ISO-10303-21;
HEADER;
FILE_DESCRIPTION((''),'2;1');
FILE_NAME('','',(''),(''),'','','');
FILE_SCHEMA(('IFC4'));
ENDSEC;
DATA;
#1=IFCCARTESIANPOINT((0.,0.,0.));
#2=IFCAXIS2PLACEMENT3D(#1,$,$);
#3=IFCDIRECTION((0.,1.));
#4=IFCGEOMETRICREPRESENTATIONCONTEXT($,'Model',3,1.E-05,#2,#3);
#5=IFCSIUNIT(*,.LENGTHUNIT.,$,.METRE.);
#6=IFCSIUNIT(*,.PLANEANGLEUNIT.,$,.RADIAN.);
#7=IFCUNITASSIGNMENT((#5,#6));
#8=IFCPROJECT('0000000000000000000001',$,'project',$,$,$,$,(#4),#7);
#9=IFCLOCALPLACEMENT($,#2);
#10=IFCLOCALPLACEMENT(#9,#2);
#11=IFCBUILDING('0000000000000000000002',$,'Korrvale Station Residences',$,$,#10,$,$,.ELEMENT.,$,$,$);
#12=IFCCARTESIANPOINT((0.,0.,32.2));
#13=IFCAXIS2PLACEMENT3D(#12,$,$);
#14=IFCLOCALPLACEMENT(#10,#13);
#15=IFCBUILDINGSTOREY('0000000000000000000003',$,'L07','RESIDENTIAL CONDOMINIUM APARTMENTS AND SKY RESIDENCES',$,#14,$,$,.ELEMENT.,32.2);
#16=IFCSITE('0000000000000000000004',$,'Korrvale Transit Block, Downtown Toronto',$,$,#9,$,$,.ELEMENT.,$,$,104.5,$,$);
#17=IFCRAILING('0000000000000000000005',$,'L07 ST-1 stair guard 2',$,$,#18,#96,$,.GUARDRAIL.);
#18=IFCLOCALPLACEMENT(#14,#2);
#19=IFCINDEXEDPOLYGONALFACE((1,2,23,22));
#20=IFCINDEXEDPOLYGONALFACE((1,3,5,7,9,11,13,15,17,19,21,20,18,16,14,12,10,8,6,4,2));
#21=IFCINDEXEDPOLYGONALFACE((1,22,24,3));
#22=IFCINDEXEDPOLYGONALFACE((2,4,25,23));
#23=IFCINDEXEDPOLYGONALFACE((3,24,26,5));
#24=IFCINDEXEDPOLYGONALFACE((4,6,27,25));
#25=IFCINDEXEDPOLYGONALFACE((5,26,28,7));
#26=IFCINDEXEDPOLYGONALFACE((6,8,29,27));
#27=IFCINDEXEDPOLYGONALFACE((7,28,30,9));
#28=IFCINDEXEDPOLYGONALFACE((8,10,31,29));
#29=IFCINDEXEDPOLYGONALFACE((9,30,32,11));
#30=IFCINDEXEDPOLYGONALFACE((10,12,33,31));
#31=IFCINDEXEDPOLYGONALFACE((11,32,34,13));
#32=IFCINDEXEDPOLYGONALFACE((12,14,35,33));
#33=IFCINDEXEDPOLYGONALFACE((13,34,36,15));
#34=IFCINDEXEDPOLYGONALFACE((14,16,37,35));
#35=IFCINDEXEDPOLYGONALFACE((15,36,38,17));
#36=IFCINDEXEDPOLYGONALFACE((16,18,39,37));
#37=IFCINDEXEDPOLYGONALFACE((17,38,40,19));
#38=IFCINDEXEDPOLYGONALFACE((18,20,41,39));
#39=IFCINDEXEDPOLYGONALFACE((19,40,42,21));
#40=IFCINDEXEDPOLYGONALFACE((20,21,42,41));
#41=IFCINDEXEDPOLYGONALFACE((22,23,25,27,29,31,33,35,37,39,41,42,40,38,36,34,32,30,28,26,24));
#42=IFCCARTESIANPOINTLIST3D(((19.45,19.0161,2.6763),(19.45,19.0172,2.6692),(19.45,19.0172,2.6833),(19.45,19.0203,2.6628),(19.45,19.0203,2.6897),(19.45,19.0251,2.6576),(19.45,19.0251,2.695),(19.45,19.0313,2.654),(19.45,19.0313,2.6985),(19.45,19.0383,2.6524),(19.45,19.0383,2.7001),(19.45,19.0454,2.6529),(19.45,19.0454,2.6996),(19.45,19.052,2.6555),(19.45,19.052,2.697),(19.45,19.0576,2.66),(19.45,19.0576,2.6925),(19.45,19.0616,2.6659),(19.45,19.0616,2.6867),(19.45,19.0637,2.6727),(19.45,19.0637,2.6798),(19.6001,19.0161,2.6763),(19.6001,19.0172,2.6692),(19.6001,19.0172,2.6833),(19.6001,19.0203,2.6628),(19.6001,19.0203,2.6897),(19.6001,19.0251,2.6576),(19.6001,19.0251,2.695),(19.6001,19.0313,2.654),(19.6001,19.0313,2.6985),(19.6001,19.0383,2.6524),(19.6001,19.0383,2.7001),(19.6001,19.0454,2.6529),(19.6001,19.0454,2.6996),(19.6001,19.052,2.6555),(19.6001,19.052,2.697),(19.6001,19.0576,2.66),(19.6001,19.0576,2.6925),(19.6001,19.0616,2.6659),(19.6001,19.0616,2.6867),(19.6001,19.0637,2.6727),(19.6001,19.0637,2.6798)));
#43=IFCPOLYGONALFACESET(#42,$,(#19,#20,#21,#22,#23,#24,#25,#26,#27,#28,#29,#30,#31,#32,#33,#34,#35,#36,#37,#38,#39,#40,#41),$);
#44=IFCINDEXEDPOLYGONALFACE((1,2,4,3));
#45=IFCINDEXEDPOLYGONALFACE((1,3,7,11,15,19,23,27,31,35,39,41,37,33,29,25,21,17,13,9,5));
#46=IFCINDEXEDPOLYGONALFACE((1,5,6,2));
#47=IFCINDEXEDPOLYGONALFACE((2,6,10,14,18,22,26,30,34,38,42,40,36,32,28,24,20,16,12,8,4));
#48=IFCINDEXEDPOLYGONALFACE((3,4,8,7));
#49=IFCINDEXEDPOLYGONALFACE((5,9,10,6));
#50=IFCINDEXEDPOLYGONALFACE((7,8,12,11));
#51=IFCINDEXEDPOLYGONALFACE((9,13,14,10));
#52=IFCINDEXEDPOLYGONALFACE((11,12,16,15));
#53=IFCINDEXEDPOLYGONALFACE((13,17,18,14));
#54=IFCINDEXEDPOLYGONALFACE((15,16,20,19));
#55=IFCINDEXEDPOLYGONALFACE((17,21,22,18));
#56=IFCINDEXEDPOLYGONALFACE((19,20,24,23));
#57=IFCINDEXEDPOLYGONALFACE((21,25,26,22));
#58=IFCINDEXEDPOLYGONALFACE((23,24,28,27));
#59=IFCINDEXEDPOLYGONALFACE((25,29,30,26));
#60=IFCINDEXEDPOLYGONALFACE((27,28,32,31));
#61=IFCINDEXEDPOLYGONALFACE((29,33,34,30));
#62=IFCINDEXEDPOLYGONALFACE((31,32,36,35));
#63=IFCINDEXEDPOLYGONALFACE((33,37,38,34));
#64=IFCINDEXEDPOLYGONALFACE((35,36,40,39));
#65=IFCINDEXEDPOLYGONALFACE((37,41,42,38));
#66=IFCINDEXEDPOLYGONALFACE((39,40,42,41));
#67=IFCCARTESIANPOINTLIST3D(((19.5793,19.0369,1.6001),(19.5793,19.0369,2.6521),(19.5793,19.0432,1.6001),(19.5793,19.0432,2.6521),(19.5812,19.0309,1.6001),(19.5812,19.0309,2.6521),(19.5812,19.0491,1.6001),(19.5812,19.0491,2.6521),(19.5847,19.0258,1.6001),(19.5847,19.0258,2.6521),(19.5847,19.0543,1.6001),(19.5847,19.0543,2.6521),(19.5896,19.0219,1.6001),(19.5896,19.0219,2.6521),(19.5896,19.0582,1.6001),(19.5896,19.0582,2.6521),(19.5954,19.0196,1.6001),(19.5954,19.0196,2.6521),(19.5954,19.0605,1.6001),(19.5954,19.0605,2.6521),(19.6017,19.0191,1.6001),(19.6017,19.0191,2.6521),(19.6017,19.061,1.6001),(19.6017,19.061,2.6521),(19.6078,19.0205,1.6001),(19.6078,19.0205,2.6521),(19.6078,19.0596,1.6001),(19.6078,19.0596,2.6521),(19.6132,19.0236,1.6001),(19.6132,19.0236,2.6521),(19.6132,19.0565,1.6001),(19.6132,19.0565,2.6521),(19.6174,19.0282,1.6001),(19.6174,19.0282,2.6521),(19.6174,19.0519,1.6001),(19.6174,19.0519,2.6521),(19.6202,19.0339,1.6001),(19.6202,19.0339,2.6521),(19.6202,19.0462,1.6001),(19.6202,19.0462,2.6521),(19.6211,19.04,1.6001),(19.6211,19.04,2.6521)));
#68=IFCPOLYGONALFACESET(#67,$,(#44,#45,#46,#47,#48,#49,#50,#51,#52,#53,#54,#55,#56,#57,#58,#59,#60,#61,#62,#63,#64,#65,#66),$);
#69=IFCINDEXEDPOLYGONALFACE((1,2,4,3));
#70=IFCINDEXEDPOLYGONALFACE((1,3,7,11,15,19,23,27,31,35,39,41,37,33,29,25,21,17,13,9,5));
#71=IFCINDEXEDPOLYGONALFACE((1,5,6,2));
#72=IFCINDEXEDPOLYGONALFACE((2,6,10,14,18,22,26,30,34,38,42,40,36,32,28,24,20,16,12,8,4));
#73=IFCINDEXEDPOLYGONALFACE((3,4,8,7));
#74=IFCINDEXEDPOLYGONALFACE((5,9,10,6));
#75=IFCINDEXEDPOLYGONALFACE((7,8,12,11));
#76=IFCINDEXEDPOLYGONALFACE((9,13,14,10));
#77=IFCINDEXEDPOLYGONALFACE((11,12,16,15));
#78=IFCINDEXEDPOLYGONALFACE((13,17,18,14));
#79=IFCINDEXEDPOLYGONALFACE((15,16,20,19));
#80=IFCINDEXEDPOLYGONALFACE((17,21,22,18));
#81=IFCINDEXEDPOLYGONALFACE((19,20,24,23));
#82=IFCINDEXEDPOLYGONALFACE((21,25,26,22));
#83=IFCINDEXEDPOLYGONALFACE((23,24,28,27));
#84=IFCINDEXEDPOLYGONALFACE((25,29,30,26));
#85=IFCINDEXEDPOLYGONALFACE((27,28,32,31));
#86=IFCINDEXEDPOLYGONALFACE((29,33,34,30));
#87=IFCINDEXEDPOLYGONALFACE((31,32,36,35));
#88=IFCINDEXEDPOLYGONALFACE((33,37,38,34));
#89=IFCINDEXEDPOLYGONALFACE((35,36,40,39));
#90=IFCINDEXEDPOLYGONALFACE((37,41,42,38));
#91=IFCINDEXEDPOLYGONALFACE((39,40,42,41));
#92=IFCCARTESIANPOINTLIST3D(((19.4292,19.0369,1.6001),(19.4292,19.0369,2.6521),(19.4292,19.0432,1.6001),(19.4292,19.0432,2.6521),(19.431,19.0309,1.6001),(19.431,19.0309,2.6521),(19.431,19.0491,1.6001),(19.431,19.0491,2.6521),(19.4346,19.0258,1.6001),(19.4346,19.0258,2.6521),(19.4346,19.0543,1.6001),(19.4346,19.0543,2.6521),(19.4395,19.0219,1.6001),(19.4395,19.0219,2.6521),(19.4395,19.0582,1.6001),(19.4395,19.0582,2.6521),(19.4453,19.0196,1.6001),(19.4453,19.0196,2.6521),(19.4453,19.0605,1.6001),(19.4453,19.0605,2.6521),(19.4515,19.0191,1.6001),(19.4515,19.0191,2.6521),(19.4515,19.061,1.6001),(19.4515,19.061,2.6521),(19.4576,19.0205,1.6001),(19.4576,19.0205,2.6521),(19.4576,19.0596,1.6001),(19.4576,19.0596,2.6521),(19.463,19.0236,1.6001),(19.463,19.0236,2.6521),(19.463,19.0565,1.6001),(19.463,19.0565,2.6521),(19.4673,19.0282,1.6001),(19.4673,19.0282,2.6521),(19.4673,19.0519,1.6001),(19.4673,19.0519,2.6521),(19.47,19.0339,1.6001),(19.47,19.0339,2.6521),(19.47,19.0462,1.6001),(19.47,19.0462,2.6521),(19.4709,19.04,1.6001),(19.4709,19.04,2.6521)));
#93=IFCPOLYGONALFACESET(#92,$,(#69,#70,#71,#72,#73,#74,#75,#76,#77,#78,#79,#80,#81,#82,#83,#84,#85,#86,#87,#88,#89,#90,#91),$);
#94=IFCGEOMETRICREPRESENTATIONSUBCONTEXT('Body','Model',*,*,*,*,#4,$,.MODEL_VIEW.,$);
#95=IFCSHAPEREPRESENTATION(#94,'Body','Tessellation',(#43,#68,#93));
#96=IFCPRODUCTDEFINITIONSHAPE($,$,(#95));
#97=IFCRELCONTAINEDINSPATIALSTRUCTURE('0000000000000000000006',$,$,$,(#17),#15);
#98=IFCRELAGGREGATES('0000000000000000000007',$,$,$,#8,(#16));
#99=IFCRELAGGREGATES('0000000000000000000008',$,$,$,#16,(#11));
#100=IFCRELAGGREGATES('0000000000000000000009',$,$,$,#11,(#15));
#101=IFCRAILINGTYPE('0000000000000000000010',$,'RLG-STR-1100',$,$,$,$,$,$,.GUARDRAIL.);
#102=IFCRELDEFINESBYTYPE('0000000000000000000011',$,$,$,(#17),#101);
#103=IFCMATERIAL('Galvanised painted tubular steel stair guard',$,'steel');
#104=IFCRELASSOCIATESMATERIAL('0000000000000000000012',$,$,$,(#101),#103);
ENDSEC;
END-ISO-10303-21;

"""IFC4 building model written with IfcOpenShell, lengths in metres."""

from ifc_helpers import new_model, si_unit, direction, frame, origin, origin_2d, place, context, subcontext, project, spatial, circle, extrude, material, type_object, element, save


model = new_model("IFC4")

# Units and contexts
model_context = context("Model", 3, precision=1e-05, world=origin(), true_north=direction((0.0, 1.0)))
body_context = subcontext(model_context, "Body", "Model", "MODEL_VIEW")
ifc_project = project(units=[si_unit("LENGTHUNIT", "METRE"), si_unit("PLANEANGLEUNIT", "RADIAN")], contexts=[model_context])

# Site, building, storey
site_placement = place(None, origin())
site = spatial("IfcSite", under=ifc_project, at=site_placement, Name="Korrvale Transit Block, Downtown Toronto", CompositionType="ELEMENT", RefElevation=104.5)
building_placement = place(site_placement, origin())
building = spatial("IfcBuilding", under=site, at=building_placement, Name="Korrvale Station Residences", CompositionType="ELEMENT")
storey_placement = place(building_placement, frame((0.0, 0.0, 32.2)))
storey = spatial("IfcBuildingStorey", under=building, at=storey_placement, Name="L07", Description="RESIDENTIAL CONDOMINIUM APARTMENTS AND SKY RESIDENCES", CompositionType="ELEMENT", Elevation=32.2)

# Railing
ifc_material_1 = material(Name="Galvanised painted tubular steel stair guard", Category="steel")
railing_type_1 = type_object("IfcRailingType", Name="RLG-STR-1100", PredefinedType="GUARDRAIL", material=ifc_material_1)
railing_1_placement = place(storey_placement, frame((19.6001, 19.04, 1.6001)))
element("IfcRailing", 1, at=railing_1_placement, inside=storey, type_object=railing_type_1, Name="L07 ST-1 stair guard 2", PredefinedType="GUARDRAIL", context=body_context, shape_type="SweptSolid", body=[
    extrude(circle(Radius=0.0239, at=origin_2d()), frame((0.0, 0.0, 1.0762), z_axis=(-1.0, 0.0, 0.0), x_axis=(0.0, -1.0, 0.0)), (0.0, 0.0, 1.0), 0.1501),
    extrude(circle(Radius=0.021, at=origin_2d()), origin(), (0.0, 0.0, 1.0), 1.052),
    extrude(circle(Radius=0.021, at=origin_2d()), frame((-0.1501, 0.0, 0.0)), (0.0, 0.0, 1.0), 1.052),
])

save(model, "model.ifc")
